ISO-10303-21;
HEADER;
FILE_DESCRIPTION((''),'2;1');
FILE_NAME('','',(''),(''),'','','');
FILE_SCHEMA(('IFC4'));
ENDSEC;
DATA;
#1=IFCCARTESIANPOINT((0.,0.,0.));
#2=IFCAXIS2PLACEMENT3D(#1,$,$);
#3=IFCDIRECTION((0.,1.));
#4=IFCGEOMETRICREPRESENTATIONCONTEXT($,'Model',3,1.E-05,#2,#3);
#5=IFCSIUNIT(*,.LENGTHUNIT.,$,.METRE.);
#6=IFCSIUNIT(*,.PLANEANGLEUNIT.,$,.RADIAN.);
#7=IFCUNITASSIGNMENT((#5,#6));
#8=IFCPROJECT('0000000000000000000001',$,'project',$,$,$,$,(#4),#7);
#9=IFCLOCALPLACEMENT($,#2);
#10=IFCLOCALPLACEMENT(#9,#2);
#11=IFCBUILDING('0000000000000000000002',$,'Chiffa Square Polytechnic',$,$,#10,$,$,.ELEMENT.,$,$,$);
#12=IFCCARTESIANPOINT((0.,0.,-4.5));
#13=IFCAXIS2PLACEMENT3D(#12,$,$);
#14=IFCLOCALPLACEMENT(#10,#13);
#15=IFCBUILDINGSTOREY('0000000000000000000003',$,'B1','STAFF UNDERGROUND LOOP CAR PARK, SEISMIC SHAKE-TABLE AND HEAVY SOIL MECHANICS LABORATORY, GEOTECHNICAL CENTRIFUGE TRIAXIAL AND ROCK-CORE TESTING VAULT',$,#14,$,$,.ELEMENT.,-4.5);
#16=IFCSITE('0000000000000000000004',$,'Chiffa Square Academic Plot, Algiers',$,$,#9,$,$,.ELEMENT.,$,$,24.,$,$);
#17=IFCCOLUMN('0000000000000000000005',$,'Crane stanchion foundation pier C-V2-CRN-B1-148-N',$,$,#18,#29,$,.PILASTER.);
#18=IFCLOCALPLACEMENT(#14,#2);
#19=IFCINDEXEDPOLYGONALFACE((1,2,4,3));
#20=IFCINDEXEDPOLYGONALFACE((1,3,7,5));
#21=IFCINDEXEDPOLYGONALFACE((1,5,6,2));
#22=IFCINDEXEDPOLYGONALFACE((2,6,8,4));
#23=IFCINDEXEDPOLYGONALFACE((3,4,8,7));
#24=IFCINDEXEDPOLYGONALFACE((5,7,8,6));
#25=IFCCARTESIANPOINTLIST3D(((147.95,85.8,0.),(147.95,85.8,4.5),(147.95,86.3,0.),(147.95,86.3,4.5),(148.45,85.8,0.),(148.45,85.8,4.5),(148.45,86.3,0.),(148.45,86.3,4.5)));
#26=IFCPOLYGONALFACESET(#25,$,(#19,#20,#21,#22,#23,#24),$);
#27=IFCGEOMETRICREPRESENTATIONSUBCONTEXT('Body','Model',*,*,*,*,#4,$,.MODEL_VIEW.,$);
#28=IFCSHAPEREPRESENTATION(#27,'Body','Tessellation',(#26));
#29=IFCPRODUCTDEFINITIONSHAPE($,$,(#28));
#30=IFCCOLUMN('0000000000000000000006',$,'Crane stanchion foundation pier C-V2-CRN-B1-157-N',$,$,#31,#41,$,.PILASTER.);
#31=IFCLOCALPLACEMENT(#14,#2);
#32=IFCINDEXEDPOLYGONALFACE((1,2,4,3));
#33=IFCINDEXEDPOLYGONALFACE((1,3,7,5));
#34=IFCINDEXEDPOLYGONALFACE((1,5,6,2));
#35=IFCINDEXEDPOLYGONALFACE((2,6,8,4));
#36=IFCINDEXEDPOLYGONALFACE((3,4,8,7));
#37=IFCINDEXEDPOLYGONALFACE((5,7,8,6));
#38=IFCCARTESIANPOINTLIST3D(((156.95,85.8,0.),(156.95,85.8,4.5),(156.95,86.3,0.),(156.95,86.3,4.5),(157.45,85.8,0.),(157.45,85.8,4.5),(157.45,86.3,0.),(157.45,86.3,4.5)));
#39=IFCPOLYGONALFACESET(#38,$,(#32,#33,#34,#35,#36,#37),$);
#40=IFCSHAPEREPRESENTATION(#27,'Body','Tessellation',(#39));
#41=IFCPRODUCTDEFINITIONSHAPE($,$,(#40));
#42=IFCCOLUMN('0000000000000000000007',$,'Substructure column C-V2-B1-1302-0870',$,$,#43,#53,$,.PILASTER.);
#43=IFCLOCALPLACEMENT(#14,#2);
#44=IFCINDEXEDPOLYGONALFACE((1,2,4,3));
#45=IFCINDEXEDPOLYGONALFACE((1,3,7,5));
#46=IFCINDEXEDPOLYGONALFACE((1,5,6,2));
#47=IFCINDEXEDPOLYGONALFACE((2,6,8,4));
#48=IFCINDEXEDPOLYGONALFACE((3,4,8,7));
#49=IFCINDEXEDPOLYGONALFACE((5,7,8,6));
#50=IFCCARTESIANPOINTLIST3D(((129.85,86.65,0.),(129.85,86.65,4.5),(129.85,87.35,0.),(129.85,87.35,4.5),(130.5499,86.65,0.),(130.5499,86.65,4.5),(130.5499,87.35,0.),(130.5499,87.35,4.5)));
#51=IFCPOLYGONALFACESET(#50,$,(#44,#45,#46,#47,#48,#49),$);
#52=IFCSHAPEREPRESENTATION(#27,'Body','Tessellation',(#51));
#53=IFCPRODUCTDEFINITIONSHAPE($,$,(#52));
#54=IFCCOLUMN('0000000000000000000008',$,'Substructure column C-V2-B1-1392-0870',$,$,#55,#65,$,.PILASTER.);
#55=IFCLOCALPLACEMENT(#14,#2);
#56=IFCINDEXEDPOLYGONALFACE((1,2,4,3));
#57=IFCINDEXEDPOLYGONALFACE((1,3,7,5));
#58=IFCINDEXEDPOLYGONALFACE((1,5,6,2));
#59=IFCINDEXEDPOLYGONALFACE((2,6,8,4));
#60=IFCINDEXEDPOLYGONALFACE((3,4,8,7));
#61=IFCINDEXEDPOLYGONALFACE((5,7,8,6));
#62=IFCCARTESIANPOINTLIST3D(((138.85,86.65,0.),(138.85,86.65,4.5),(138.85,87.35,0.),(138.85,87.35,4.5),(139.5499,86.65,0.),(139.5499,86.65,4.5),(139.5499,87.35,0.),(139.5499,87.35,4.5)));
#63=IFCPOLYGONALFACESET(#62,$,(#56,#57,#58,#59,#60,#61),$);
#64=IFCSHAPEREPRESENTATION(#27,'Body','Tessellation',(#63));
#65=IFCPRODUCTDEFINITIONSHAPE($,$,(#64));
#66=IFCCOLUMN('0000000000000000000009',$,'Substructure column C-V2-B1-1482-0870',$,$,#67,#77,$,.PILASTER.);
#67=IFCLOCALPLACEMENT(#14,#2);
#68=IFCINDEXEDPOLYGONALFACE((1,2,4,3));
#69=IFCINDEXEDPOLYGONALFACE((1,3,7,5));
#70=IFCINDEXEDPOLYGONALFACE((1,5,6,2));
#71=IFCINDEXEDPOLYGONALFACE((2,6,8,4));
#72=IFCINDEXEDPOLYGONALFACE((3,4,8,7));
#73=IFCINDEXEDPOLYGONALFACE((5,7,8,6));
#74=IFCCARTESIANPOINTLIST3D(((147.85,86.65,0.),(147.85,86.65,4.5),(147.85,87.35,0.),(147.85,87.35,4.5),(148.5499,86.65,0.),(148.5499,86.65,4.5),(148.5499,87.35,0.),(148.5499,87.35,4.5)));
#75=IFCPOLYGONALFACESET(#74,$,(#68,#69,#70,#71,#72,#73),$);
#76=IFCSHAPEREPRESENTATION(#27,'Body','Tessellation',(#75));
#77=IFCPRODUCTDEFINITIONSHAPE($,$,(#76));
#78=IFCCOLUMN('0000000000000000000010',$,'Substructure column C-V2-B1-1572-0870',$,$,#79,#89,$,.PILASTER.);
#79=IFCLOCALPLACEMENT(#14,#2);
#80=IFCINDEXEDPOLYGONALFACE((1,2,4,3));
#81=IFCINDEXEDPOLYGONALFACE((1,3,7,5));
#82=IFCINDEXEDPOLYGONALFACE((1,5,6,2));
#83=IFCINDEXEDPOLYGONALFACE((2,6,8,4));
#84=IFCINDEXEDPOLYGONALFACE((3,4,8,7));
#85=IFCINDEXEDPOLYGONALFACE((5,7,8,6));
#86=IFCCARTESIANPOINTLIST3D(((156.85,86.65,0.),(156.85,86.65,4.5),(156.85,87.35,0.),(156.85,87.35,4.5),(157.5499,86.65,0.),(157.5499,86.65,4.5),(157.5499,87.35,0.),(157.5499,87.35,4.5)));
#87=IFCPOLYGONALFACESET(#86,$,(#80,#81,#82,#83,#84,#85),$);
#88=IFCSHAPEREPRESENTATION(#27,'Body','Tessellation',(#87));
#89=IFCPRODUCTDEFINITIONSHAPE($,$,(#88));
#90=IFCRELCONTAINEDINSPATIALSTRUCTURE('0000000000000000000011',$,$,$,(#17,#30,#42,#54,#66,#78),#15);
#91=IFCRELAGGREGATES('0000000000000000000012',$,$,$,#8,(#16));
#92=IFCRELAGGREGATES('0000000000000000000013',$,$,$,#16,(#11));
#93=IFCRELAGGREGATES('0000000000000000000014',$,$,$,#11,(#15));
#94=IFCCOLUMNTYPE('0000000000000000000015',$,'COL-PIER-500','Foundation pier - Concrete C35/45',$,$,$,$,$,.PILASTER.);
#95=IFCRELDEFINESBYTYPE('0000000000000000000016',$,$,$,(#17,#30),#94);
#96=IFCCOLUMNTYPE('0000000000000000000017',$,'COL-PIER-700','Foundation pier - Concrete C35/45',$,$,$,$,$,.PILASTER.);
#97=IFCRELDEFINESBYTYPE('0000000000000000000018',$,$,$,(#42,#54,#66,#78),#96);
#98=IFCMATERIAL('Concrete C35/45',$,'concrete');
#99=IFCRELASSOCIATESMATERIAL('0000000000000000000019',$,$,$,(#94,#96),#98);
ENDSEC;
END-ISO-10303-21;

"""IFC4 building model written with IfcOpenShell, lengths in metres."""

from ifc_helpers import new_model, si_unit, direction, frame, origin, origin_2d, place, context, subcontext, project, spatial, rectangle, extrude, material, material_profile, profile_set, type_object, element, save


model = new_model("IFC4")

# Units and contexts
model_context = context("Model", 3, precision=1e-05, world=origin(), true_north=direction((0.0, 1.0)))
body_context = subcontext(model_context, "Body", "Model", "MODEL_VIEW")
ifc_project = project(units=[si_unit("LENGTHUNIT", "METRE"), si_unit("PLANEANGLEUNIT", "RADIAN")], contexts=[model_context])

# Site, building, storey
site_placement = place(None, origin())
site = spatial("IfcSite", under=ifc_project, at=site_placement, Name="Chiffa Square Academic Plot, Algiers", CompositionType="ELEMENT", RefElevation=24.0)
building_placement = place(site_placement, origin())
building = spatial("IfcBuilding", under=site, at=building_placement, Name="Chiffa Square Polytechnic", CompositionType="ELEMENT")
storey_placement = place(building_placement, frame((0.0, 0.0, -4.5)))
storey = spatial("IfcBuildingStorey", under=building, at=storey_placement, Name="B1", Description="STAFF UNDERGROUND LOOP CAR PARK, SEISMIC SHAKE-TABLE AND HEAVY SOIL MECHANICS LABORATORY, GEOTECHNICAL CENTRIFUGE TRIAXIAL AND ROCK-CORE TESTING VAULT", CompositionType="ELEMENT", Elevation=-4.5)

# Shared definitions
ifc_material = material(Name="Concrete C35/45", Category="concrete")

# Columns
ifc_material_profile_1 = material_profile(ifc_material, rectangle(XDim=0.5, YDim=0.5, at=origin_2d()), Name="RC 500x500")
ifc_profile_set_1 = profile_set([ifc_material_profile_1], Name="Concrete C35/45")
column_type_1 = type_object("IfcColumnType", Name="COL-PIER-500", Description="Foundation pier - Concrete C35/45", PredefinedType="PILASTER", material=ifc_profile_set_1)
for number, where, z_axis, x_axis, name in (
    (1, (148.2, 86.05, 0.0), (0.0, 0.0, 1.0), (1.0, 0.0, 0.0), "Crane stanchion foundation pier C-V2-CRN-B1-148-N"),
    (2, (157.2, 86.05, 0.0), (0.0, 0.0, 1.0), (1.0, 0.0, 0.0), "Crane stanchion foundation pier C-V2-CRN-B1-157-N"),
):
    element("IfcColumn", number, at=place(storey_placement, frame(where, z_axis=z_axis, x_axis=x_axis)), inside=storey, type_object=column_type_1, Name=name, PredefinedType="PILASTER", context=body_context, shape_type="SweptSolid", body=[
        extrude(rectangle(XDim=0.5, YDim=0.5, at=origin_2d()), origin(), (0.0, 0.0, 1.0), 4.5),
    ])
ifc_material_profile_2 = material_profile(ifc_material, rectangle(XDim=0.7, YDim=0.7, at=origin_2d()), Name="RC 700x700")
ifc_profile_set_2 = profile_set([ifc_material_profile_2], Name="Concrete C35/45")
column_type_2 = type_object("IfcColumnType", Name="COL-PIER-700", Description="Foundation pier - Concrete C35/45", PredefinedType="PILASTER", material=ifc_profile_set_2)
for number, where, z_axis, x_axis, name in (
    (3, (130.2, 87.0, 0.0), (0.0, 0.0, 1.0), (1.0, 0.0, 0.0), "Substructure column C-V2-B1-1302-0870"),
    (4, (139.2, 87.0, 0.0), (0.0, 0.0, 1.0), (1.0, 0.0, 0.0), "Substructure column C-V2-B1-1392-0870"),
    (5, (148.2, 87.0, 0.0), (0.0, 0.0, 1.0), (1.0, 0.0, 0.0), "Substructure column C-V2-B1-1482-0870"),
    (6, (157.2, 87.0, 0.0), (0.0, 0.0, 1.0), (1.0, 0.0, 0.0), "Substructure column C-V2-B1-1572-0870"),
):
    element("IfcColumn", number, at=place(storey_placement, frame(where, z_axis=z_axis, x_axis=x_axis)), inside=storey, type_object=column_type_2, Name=name, PredefinedType="PILASTER", context=body_context, shape_type="SweptSolid", body=[
        extrude(rectangle(XDim=0.7, YDim=0.7, at=origin_2d()), origin(), (0.0, 0.0, 1.0), 4.5),
    ])

save(model, "model.ifc")
